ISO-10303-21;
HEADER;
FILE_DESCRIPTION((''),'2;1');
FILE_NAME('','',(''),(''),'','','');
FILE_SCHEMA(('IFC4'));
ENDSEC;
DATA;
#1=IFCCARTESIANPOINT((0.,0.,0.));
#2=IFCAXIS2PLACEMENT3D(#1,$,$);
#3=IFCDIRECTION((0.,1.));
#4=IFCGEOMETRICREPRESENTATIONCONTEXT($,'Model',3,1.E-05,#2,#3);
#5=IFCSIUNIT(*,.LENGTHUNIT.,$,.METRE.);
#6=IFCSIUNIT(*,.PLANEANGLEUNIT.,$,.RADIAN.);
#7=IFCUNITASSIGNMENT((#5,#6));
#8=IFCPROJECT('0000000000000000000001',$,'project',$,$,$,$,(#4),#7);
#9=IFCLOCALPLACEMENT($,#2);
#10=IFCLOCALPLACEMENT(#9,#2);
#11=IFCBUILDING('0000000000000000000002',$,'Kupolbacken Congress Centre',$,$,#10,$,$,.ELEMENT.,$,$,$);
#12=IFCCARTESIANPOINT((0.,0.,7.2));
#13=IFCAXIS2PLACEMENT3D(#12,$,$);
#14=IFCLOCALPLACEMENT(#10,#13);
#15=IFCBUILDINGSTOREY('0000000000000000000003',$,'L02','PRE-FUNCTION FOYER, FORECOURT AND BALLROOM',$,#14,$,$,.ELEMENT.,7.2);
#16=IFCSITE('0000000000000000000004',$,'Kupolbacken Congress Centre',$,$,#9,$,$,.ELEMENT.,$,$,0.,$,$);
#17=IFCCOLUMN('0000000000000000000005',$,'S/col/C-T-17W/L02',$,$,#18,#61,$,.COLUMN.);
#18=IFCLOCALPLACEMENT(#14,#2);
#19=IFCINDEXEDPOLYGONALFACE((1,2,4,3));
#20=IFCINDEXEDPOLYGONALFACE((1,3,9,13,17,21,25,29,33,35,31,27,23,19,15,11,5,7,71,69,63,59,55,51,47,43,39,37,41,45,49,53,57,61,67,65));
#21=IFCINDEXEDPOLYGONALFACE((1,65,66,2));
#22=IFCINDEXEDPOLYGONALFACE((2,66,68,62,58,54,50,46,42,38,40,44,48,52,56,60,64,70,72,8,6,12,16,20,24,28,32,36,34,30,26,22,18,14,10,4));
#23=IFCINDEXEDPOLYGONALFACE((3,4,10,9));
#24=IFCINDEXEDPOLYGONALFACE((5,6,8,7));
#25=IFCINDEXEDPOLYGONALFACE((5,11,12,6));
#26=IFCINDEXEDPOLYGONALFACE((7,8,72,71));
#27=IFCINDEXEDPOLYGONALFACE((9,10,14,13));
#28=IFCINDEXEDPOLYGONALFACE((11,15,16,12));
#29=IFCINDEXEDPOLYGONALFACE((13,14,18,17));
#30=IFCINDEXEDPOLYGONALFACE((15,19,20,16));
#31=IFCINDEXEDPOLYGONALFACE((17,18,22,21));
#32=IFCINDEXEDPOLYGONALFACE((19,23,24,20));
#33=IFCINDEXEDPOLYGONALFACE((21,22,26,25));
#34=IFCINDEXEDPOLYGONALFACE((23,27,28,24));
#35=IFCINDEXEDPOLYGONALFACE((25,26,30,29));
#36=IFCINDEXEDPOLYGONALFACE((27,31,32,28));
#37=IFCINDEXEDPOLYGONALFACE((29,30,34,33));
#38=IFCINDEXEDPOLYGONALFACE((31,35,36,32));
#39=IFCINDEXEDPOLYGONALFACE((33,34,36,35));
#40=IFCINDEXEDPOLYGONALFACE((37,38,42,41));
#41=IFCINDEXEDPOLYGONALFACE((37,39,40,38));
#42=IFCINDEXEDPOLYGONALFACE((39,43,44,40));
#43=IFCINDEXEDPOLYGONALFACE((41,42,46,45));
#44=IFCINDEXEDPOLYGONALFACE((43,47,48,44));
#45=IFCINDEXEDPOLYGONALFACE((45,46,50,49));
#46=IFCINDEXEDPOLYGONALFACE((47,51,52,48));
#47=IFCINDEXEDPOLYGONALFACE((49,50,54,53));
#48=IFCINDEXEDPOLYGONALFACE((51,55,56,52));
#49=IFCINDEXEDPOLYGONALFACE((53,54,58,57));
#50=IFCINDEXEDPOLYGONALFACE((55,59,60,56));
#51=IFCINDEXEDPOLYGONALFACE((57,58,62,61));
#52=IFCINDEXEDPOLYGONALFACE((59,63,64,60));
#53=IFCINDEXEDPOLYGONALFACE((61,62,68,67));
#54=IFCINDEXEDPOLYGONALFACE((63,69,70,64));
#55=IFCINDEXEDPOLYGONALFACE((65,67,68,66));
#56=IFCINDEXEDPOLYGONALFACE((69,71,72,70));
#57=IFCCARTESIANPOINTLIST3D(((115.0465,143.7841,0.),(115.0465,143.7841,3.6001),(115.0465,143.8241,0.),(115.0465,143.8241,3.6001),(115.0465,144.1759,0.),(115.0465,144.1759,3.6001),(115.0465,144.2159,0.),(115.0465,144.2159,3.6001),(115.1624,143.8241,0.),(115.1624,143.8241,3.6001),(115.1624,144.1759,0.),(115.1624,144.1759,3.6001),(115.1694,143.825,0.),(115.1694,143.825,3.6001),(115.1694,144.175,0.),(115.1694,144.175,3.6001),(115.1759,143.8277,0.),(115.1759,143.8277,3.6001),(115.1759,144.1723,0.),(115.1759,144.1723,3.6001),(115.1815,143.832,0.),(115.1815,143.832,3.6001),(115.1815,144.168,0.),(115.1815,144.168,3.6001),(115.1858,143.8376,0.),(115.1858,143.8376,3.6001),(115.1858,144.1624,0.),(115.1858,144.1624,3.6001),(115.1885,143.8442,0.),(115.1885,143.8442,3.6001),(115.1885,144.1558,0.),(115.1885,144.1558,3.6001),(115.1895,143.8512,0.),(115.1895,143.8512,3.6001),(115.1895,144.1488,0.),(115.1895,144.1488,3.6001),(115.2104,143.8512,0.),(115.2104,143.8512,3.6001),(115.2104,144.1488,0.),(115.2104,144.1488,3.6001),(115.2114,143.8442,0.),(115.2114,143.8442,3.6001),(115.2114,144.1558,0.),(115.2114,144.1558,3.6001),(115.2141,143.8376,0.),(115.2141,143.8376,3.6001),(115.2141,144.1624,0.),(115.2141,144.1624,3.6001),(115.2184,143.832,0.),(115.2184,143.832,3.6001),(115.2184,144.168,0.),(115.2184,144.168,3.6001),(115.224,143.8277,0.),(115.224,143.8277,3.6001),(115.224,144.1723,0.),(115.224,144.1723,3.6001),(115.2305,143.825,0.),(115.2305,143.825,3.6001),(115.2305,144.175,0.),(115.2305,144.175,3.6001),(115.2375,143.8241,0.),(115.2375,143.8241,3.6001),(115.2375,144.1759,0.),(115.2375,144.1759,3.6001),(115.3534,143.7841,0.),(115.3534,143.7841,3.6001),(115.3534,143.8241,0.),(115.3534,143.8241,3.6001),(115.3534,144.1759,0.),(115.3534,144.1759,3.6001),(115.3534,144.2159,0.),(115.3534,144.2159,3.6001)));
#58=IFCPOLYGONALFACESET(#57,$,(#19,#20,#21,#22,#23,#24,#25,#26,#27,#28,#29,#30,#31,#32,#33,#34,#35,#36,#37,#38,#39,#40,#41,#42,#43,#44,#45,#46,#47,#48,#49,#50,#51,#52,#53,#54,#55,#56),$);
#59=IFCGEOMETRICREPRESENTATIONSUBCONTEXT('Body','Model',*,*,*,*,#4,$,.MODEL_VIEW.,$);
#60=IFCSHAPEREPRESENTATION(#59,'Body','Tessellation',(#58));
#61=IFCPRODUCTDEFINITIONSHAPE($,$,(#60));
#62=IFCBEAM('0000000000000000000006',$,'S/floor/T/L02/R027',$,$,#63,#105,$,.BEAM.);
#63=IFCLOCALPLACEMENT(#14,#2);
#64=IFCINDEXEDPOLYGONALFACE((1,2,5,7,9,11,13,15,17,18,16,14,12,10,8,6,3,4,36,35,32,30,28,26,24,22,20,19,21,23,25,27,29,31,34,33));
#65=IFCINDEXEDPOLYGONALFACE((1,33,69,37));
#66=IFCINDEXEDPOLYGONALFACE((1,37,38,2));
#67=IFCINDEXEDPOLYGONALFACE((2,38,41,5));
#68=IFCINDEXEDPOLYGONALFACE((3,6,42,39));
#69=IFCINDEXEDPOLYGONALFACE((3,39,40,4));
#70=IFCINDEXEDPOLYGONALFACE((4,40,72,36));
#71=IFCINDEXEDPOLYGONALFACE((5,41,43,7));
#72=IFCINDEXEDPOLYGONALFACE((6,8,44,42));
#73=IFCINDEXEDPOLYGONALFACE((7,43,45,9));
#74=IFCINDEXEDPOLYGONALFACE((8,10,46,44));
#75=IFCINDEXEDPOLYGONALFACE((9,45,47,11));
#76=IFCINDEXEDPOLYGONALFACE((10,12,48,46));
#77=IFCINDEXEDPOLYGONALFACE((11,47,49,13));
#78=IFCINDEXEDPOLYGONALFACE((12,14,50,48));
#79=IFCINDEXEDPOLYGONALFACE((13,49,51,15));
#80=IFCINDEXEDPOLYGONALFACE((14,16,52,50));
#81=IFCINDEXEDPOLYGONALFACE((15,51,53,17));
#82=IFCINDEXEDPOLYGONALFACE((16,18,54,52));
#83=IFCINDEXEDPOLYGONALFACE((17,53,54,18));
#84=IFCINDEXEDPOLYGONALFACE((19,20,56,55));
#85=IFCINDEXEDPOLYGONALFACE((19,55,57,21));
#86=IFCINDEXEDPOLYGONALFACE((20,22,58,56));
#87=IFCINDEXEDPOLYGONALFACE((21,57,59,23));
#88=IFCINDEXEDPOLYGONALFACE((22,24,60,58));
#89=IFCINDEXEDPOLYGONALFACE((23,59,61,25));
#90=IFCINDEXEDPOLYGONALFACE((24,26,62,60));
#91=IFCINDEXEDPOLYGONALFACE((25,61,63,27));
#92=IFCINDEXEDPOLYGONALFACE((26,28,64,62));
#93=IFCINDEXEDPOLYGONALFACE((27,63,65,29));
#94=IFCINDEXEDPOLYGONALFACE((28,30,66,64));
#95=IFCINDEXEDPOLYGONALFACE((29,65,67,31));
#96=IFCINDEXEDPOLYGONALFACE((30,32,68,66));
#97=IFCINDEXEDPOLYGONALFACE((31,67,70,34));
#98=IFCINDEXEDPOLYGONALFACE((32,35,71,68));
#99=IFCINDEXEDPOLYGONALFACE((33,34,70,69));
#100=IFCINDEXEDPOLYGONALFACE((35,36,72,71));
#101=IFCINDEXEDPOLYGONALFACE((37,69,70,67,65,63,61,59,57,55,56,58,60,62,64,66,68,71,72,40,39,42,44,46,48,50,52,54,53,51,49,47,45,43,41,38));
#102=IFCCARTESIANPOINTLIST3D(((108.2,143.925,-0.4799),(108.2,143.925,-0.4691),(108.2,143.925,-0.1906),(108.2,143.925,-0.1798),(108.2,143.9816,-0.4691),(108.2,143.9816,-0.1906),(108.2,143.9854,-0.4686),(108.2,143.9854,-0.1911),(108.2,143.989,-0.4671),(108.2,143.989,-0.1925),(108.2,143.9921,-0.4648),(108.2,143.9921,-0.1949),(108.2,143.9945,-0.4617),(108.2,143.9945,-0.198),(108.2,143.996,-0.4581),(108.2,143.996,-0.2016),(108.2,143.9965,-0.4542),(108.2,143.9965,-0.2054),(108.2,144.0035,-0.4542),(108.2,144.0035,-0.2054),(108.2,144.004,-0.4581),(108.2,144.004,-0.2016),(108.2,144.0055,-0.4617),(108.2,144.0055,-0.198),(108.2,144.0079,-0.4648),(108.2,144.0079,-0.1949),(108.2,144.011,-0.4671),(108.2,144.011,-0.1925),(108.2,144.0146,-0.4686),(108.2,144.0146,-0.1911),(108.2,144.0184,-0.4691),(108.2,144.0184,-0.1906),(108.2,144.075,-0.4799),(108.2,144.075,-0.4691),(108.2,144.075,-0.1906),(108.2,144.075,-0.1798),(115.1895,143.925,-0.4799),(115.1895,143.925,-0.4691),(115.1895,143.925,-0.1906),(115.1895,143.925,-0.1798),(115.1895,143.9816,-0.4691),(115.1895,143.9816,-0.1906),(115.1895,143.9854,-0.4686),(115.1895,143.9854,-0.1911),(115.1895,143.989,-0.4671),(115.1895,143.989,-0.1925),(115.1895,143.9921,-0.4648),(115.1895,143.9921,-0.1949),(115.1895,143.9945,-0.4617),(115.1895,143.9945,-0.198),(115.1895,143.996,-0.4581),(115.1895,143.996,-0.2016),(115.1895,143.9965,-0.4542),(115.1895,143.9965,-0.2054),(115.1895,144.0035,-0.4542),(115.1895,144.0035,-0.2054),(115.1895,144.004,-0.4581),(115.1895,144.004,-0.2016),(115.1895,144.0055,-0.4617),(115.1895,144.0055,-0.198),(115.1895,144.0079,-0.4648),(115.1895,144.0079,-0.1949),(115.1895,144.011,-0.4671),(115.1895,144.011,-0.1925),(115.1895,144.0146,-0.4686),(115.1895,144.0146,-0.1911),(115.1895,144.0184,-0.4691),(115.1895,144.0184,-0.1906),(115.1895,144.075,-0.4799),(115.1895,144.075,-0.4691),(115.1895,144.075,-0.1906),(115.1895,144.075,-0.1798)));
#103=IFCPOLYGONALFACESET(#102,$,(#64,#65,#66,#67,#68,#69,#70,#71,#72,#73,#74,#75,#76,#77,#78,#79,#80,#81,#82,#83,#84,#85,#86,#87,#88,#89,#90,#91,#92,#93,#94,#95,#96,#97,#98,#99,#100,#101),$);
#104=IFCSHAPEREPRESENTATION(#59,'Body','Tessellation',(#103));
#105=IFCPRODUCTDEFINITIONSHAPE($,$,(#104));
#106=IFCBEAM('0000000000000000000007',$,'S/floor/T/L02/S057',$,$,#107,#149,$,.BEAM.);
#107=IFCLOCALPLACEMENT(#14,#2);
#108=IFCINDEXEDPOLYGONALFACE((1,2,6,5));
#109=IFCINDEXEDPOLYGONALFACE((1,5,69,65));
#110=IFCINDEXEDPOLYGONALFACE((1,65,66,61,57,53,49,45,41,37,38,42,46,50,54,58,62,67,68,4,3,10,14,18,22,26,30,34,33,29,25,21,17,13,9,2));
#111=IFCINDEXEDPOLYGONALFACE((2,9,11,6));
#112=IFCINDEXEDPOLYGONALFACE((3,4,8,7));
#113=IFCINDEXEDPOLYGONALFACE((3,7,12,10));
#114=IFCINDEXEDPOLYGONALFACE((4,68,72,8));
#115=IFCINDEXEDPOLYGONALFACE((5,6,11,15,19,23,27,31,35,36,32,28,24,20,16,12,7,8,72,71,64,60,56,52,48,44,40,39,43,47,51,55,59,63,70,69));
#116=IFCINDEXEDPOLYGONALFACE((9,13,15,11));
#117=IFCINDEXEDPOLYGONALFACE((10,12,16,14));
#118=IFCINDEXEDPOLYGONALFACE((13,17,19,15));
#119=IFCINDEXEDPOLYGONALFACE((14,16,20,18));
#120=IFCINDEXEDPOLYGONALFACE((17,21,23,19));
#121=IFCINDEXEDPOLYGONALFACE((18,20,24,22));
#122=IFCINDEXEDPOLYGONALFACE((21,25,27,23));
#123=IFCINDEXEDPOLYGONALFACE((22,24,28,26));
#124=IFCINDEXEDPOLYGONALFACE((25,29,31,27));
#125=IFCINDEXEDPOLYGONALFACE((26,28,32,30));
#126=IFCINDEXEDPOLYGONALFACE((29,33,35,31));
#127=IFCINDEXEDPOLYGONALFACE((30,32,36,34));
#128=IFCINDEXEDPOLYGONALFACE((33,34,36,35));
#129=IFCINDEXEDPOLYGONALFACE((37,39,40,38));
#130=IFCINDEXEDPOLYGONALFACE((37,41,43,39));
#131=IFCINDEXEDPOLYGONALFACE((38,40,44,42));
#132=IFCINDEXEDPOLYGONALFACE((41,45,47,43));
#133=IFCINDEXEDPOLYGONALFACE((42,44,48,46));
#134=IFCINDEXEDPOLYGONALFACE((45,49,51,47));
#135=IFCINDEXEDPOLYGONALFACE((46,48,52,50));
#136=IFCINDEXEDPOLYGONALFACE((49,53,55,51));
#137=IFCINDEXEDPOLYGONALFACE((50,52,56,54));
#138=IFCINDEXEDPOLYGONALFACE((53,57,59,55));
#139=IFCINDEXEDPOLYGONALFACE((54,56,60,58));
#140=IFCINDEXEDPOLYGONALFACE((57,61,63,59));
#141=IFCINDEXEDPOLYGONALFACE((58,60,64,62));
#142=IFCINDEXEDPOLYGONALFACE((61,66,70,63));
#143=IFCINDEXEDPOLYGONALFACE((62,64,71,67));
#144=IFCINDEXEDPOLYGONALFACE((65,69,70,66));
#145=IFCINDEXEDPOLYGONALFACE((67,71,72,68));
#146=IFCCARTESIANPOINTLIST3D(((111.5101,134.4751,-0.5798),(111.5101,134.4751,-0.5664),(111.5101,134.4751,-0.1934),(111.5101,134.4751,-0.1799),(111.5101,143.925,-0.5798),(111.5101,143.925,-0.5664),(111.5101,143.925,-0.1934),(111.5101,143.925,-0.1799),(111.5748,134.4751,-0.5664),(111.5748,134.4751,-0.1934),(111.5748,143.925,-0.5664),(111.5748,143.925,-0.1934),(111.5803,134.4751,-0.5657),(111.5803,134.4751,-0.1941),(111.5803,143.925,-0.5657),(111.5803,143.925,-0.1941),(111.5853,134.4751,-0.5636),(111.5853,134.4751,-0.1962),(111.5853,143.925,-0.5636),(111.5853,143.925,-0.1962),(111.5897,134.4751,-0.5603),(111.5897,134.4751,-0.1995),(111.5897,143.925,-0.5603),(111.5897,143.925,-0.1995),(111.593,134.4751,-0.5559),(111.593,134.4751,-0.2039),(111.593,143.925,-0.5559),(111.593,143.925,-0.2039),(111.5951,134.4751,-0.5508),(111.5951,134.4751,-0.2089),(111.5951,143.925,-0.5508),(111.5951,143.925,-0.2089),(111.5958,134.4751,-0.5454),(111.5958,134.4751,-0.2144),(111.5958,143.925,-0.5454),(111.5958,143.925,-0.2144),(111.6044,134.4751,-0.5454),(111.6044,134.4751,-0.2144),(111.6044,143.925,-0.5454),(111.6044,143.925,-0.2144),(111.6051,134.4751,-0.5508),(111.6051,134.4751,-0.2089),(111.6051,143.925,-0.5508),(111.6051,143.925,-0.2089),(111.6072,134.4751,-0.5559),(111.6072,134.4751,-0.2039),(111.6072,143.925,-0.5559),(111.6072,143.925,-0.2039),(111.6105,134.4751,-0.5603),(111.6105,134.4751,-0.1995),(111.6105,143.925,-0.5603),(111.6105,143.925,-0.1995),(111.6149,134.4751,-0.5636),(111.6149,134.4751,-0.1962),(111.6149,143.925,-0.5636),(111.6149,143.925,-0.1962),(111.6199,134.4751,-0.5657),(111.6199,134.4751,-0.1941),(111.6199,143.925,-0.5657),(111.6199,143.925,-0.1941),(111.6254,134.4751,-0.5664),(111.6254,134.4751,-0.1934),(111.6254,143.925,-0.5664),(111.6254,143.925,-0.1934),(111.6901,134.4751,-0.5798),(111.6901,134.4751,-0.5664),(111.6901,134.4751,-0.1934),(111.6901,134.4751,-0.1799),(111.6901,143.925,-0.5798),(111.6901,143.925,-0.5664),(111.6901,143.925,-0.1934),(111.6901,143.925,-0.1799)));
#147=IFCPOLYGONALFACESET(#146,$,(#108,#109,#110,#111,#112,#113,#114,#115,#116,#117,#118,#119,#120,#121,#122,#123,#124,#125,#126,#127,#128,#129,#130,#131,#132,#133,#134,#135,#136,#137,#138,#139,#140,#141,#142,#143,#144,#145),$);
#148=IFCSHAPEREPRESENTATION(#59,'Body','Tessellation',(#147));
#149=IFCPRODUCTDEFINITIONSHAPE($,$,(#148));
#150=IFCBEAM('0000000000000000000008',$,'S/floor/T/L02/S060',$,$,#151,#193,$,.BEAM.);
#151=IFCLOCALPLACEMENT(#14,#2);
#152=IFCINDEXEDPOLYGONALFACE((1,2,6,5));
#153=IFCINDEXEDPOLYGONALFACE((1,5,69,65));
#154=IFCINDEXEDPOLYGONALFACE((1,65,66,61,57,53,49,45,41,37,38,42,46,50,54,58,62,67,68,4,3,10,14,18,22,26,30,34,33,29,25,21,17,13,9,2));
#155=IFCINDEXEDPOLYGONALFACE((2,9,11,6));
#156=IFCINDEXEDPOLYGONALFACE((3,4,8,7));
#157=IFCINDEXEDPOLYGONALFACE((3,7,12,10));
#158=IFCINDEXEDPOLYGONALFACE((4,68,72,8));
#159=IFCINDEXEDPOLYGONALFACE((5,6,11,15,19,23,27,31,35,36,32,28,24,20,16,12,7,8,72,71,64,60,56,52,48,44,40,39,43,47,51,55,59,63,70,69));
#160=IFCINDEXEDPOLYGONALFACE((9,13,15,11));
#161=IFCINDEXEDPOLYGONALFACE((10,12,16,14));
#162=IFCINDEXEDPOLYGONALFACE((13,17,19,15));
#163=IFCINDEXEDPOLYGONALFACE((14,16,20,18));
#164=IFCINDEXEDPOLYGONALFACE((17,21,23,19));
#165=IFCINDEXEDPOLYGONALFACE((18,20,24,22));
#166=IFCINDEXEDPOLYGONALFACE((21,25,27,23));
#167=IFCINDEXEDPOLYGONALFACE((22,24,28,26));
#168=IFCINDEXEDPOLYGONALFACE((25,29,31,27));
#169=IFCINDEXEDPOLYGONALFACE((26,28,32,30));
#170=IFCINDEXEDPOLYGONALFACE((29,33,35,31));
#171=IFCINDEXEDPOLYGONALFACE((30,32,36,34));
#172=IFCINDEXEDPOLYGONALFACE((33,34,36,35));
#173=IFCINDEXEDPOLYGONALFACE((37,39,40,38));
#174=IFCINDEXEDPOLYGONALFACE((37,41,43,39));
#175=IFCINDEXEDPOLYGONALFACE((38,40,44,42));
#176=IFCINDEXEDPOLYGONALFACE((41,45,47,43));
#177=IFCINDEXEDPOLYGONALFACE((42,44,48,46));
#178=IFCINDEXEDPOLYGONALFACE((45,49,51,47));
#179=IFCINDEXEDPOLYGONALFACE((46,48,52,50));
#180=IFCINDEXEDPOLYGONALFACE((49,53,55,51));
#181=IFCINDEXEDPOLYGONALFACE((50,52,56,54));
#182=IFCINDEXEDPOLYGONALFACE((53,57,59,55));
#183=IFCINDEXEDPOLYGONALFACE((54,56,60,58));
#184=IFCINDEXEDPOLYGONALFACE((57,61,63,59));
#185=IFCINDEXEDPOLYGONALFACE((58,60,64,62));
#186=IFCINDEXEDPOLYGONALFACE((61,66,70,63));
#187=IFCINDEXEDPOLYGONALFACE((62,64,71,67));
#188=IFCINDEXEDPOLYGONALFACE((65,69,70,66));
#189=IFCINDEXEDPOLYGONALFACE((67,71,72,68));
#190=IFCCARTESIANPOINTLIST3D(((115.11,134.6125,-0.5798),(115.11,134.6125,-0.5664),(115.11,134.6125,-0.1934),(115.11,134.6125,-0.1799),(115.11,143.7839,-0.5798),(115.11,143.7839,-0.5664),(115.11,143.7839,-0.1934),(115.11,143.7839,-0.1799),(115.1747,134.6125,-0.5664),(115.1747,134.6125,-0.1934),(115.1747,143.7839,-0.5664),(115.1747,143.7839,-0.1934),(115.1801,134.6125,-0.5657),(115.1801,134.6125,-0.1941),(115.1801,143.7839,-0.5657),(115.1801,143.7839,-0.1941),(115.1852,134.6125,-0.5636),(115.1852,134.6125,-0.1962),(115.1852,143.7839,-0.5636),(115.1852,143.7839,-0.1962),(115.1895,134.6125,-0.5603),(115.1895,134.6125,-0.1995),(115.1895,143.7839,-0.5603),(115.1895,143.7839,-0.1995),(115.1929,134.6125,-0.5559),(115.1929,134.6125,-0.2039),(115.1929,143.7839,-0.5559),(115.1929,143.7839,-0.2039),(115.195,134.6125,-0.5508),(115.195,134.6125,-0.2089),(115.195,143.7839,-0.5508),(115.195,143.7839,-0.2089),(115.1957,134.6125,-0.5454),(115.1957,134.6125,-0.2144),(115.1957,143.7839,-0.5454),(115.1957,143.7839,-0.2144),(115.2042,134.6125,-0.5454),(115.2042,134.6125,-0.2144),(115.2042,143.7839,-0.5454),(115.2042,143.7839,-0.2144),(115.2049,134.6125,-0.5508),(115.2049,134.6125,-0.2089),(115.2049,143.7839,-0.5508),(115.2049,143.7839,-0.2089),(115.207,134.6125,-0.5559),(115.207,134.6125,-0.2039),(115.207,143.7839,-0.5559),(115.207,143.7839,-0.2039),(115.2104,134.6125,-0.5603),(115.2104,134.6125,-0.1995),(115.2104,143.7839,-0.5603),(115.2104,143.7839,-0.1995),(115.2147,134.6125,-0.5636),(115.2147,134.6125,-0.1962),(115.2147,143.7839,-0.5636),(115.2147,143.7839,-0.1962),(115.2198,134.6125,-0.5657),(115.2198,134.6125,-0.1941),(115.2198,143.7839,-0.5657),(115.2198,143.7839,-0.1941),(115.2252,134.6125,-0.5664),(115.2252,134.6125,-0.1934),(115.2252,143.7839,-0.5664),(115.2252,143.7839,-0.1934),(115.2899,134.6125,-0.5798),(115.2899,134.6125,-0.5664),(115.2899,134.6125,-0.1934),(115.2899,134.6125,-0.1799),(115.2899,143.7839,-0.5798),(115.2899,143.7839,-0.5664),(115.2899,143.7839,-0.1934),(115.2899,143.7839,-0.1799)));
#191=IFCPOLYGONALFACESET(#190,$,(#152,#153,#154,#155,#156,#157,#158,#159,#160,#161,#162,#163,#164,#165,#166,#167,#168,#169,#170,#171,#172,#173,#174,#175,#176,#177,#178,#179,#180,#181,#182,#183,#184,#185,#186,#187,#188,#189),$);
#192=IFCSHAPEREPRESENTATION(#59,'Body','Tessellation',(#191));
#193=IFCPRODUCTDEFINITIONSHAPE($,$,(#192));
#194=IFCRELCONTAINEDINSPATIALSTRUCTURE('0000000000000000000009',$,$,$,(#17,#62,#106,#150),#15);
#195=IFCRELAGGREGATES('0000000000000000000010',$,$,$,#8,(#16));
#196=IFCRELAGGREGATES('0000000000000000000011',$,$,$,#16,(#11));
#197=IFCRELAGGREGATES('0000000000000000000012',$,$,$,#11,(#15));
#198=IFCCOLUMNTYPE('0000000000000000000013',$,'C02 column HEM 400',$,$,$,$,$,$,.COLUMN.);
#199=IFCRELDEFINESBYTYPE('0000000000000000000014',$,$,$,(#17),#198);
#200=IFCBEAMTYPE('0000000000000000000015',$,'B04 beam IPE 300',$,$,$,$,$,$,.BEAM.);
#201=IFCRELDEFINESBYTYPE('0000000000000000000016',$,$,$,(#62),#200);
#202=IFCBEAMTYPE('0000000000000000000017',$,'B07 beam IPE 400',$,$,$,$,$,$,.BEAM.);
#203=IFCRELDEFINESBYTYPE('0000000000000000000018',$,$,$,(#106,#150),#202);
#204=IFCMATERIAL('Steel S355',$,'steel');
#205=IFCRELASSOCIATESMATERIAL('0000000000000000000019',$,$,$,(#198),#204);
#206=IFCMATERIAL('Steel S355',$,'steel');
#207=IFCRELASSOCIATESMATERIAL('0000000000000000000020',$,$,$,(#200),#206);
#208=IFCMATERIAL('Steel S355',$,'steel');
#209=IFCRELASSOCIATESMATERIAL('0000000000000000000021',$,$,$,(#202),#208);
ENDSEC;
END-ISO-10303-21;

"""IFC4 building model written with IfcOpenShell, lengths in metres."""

from ifc_helpers import new_model, si_unit, direction, frame, origin, origin_2d, place, context, subcontext, project, spatial, i_section, extrude, material, material_profile, profile_set, type_object, element, save


model = new_model("IFC4")

# Units and contexts
model_context = context("Model", 3, precision=1e-05, world=origin(), true_north=direction((0.0, 1.0)))
body_context = subcontext(model_context, "Body", "Model", "MODEL_VIEW")
ifc_project = project(units=[si_unit("LENGTHUNIT", "METRE"), si_unit("PLANEANGLEUNIT", "RADIAN")], contexts=[model_context])

# Site, building, storey
site_placement = place(None, origin())
site = spatial("IfcSite", under=ifc_project, at=site_placement, Name="Kupolbacken Congress Centre", CompositionType="ELEMENT", RefElevation=0.0)
building_placement = place(site_placement, origin())
building = spatial("IfcBuilding", under=site, at=building_placement, Name="Kupolbacken Congress Centre", CompositionType="ELEMENT")
storey_placement = place(building_placement, frame((0.0, 0.0, 7.2)))
storey = spatial("IfcBuildingStorey", under=building, at=storey_placement, Name="L02", Description="PRE-FUNCTION FOYER, FORECOURT AND BALLROOM", CompositionType="ELEMENT", Elevation=7.2)

# Column
ifc_material_1 = material(Name="Steel S355", Category="steel")
ifc_material_profile_1 = material_profile(ifc_material_1, i_section(OverallWidth=0.3069, OverallDepth=0.4319, WebThickness=0.021, FlangeThickness=0.04, FilletRadius=0.0271, at=origin_2d()), Name="HEM 400")
ifc_profile_set_1 = profile_set([ifc_material_profile_1], Name="Steel S355")
column_type = type_object("IfcColumnType", Name="C02 column HEM 400", PredefinedType="COLUMN", material=ifc_profile_set_1)
column_placement = place(storey_placement, frame((115.2, 144.0, 0.0), z_axis=(0.0, 0.0, 1.0), x_axis=(1.0, 0.0, 0.0)))
element("IfcColumn", 1, at=column_placement, inside=storey, type_object=column_type, Name="S/col/C-T-17W/L02", PredefinedType="COLUMN", context=body_context, shape_type="SweptSolid", body=[
    extrude(i_section(OverallWidth=0.3069, OverallDepth=0.4319, WebThickness=0.021, FlangeThickness=0.04, FilletRadius=0.0271, at=origin_2d()), origin(), (0.0, 0.0, 1.0), 3.6001),
])

# Beams
ifc_material_2 = material(Name="Steel S355", Category="steel")
ifc_material_profile_2 = material_profile(ifc_material_2, i_section(OverallWidth=0.1499, OverallDepth=0.3, WebThickness=0.0071, FlangeThickness=0.0107, FilletRadius=0.0149, at=origin_2d()), Name="IPE 300")
ifc_profile_set_2 = profile_set([ifc_material_profile_2], Name="Steel S355")
beam_type_1 = type_object("IfcBeamType", Name="B04 beam IPE 300", PredefinedType="BEAM", material=ifc_profile_set_2)
beam_1_placement = place(storey_placement, frame((108.2, 144.0, -0.3298), z_axis=(1.0, 0.0, 0.0), x_axis=(0.0, 1.0, 0.0)))
element("IfcBeam", 2, at=beam_1_placement, inside=storey, type_object=beam_type_1, Name="S/floor/T/L02/R027", PredefinedType="BEAM", context=body_context, shape_type="SweptSolid", body=[
    extrude(i_section(OverallWidth=0.1499, OverallDepth=0.3, WebThickness=0.0071, FlangeThickness=0.0107, FilletRadius=0.0149, at=origin_2d()), origin(), (0.0, 0.0, 1.0), 6.9895),
])
ifc_material_3 = material(Name="Steel S355", Category="steel")
ifc_material_profile_3 = material_profile(ifc_material_3, i_section(OverallWidth=0.1799, OverallDepth=0.3999, WebThickness=0.0085, FlangeThickness=0.0134, FilletRadius=0.021, at=origin_2d()), Name="IPE 400")
ifc_profile_set_3 = profile_set([ifc_material_profile_3], Name="Steel S355")
beam_type_2 = type_object("IfcBeamType", Name="B07 beam IPE 400", PredefinedType="BEAM", material=ifc_profile_set_3)
beam_2_placement = place(storey_placement, frame((111.6001, 134.4751, -0.3799), z_axis=(0.0, 1.0, 0.0), x_axis=(-1.0, 0.0, 0.0)))
element("IfcBeam", 3, at=beam_2_placement, inside=storey, type_object=beam_type_2, Name="S/floor/T/L02/S057", PredefinedType="BEAM", context=body_context, shape_type="SweptSolid", body=[
    extrude(i_section(OverallWidth=0.1799, OverallDepth=0.3999, WebThickness=0.0085, FlangeThickness=0.0134, FilletRadius=0.021, at=origin_2d()), origin(), (0.0, 0.0, 1.0), 9.45),
])
beam_3_placement = place(storey_placement, frame((115.2, 134.6125, -0.3799), z_axis=(0.0, 1.0, 0.0), x_axis=(-1.0, 0.0, 0.0)))
element("IfcBeam", 4, at=beam_3_placement, inside=storey, type_object=beam_type_2, Name="S/floor/T/L02/S060", PredefinedType="BEAM", context=body_context, shape_type="SweptSolid", body=[
    extrude(i_section(OverallWidth=0.1799, OverallDepth=0.3999, WebThickness=0.0085, FlangeThickness=0.0134, FilletRadius=0.021, at=origin_2d()), origin(), (0.0, 0.0, 1.0), 9.1714),
])

save(model, "model.ifc")
